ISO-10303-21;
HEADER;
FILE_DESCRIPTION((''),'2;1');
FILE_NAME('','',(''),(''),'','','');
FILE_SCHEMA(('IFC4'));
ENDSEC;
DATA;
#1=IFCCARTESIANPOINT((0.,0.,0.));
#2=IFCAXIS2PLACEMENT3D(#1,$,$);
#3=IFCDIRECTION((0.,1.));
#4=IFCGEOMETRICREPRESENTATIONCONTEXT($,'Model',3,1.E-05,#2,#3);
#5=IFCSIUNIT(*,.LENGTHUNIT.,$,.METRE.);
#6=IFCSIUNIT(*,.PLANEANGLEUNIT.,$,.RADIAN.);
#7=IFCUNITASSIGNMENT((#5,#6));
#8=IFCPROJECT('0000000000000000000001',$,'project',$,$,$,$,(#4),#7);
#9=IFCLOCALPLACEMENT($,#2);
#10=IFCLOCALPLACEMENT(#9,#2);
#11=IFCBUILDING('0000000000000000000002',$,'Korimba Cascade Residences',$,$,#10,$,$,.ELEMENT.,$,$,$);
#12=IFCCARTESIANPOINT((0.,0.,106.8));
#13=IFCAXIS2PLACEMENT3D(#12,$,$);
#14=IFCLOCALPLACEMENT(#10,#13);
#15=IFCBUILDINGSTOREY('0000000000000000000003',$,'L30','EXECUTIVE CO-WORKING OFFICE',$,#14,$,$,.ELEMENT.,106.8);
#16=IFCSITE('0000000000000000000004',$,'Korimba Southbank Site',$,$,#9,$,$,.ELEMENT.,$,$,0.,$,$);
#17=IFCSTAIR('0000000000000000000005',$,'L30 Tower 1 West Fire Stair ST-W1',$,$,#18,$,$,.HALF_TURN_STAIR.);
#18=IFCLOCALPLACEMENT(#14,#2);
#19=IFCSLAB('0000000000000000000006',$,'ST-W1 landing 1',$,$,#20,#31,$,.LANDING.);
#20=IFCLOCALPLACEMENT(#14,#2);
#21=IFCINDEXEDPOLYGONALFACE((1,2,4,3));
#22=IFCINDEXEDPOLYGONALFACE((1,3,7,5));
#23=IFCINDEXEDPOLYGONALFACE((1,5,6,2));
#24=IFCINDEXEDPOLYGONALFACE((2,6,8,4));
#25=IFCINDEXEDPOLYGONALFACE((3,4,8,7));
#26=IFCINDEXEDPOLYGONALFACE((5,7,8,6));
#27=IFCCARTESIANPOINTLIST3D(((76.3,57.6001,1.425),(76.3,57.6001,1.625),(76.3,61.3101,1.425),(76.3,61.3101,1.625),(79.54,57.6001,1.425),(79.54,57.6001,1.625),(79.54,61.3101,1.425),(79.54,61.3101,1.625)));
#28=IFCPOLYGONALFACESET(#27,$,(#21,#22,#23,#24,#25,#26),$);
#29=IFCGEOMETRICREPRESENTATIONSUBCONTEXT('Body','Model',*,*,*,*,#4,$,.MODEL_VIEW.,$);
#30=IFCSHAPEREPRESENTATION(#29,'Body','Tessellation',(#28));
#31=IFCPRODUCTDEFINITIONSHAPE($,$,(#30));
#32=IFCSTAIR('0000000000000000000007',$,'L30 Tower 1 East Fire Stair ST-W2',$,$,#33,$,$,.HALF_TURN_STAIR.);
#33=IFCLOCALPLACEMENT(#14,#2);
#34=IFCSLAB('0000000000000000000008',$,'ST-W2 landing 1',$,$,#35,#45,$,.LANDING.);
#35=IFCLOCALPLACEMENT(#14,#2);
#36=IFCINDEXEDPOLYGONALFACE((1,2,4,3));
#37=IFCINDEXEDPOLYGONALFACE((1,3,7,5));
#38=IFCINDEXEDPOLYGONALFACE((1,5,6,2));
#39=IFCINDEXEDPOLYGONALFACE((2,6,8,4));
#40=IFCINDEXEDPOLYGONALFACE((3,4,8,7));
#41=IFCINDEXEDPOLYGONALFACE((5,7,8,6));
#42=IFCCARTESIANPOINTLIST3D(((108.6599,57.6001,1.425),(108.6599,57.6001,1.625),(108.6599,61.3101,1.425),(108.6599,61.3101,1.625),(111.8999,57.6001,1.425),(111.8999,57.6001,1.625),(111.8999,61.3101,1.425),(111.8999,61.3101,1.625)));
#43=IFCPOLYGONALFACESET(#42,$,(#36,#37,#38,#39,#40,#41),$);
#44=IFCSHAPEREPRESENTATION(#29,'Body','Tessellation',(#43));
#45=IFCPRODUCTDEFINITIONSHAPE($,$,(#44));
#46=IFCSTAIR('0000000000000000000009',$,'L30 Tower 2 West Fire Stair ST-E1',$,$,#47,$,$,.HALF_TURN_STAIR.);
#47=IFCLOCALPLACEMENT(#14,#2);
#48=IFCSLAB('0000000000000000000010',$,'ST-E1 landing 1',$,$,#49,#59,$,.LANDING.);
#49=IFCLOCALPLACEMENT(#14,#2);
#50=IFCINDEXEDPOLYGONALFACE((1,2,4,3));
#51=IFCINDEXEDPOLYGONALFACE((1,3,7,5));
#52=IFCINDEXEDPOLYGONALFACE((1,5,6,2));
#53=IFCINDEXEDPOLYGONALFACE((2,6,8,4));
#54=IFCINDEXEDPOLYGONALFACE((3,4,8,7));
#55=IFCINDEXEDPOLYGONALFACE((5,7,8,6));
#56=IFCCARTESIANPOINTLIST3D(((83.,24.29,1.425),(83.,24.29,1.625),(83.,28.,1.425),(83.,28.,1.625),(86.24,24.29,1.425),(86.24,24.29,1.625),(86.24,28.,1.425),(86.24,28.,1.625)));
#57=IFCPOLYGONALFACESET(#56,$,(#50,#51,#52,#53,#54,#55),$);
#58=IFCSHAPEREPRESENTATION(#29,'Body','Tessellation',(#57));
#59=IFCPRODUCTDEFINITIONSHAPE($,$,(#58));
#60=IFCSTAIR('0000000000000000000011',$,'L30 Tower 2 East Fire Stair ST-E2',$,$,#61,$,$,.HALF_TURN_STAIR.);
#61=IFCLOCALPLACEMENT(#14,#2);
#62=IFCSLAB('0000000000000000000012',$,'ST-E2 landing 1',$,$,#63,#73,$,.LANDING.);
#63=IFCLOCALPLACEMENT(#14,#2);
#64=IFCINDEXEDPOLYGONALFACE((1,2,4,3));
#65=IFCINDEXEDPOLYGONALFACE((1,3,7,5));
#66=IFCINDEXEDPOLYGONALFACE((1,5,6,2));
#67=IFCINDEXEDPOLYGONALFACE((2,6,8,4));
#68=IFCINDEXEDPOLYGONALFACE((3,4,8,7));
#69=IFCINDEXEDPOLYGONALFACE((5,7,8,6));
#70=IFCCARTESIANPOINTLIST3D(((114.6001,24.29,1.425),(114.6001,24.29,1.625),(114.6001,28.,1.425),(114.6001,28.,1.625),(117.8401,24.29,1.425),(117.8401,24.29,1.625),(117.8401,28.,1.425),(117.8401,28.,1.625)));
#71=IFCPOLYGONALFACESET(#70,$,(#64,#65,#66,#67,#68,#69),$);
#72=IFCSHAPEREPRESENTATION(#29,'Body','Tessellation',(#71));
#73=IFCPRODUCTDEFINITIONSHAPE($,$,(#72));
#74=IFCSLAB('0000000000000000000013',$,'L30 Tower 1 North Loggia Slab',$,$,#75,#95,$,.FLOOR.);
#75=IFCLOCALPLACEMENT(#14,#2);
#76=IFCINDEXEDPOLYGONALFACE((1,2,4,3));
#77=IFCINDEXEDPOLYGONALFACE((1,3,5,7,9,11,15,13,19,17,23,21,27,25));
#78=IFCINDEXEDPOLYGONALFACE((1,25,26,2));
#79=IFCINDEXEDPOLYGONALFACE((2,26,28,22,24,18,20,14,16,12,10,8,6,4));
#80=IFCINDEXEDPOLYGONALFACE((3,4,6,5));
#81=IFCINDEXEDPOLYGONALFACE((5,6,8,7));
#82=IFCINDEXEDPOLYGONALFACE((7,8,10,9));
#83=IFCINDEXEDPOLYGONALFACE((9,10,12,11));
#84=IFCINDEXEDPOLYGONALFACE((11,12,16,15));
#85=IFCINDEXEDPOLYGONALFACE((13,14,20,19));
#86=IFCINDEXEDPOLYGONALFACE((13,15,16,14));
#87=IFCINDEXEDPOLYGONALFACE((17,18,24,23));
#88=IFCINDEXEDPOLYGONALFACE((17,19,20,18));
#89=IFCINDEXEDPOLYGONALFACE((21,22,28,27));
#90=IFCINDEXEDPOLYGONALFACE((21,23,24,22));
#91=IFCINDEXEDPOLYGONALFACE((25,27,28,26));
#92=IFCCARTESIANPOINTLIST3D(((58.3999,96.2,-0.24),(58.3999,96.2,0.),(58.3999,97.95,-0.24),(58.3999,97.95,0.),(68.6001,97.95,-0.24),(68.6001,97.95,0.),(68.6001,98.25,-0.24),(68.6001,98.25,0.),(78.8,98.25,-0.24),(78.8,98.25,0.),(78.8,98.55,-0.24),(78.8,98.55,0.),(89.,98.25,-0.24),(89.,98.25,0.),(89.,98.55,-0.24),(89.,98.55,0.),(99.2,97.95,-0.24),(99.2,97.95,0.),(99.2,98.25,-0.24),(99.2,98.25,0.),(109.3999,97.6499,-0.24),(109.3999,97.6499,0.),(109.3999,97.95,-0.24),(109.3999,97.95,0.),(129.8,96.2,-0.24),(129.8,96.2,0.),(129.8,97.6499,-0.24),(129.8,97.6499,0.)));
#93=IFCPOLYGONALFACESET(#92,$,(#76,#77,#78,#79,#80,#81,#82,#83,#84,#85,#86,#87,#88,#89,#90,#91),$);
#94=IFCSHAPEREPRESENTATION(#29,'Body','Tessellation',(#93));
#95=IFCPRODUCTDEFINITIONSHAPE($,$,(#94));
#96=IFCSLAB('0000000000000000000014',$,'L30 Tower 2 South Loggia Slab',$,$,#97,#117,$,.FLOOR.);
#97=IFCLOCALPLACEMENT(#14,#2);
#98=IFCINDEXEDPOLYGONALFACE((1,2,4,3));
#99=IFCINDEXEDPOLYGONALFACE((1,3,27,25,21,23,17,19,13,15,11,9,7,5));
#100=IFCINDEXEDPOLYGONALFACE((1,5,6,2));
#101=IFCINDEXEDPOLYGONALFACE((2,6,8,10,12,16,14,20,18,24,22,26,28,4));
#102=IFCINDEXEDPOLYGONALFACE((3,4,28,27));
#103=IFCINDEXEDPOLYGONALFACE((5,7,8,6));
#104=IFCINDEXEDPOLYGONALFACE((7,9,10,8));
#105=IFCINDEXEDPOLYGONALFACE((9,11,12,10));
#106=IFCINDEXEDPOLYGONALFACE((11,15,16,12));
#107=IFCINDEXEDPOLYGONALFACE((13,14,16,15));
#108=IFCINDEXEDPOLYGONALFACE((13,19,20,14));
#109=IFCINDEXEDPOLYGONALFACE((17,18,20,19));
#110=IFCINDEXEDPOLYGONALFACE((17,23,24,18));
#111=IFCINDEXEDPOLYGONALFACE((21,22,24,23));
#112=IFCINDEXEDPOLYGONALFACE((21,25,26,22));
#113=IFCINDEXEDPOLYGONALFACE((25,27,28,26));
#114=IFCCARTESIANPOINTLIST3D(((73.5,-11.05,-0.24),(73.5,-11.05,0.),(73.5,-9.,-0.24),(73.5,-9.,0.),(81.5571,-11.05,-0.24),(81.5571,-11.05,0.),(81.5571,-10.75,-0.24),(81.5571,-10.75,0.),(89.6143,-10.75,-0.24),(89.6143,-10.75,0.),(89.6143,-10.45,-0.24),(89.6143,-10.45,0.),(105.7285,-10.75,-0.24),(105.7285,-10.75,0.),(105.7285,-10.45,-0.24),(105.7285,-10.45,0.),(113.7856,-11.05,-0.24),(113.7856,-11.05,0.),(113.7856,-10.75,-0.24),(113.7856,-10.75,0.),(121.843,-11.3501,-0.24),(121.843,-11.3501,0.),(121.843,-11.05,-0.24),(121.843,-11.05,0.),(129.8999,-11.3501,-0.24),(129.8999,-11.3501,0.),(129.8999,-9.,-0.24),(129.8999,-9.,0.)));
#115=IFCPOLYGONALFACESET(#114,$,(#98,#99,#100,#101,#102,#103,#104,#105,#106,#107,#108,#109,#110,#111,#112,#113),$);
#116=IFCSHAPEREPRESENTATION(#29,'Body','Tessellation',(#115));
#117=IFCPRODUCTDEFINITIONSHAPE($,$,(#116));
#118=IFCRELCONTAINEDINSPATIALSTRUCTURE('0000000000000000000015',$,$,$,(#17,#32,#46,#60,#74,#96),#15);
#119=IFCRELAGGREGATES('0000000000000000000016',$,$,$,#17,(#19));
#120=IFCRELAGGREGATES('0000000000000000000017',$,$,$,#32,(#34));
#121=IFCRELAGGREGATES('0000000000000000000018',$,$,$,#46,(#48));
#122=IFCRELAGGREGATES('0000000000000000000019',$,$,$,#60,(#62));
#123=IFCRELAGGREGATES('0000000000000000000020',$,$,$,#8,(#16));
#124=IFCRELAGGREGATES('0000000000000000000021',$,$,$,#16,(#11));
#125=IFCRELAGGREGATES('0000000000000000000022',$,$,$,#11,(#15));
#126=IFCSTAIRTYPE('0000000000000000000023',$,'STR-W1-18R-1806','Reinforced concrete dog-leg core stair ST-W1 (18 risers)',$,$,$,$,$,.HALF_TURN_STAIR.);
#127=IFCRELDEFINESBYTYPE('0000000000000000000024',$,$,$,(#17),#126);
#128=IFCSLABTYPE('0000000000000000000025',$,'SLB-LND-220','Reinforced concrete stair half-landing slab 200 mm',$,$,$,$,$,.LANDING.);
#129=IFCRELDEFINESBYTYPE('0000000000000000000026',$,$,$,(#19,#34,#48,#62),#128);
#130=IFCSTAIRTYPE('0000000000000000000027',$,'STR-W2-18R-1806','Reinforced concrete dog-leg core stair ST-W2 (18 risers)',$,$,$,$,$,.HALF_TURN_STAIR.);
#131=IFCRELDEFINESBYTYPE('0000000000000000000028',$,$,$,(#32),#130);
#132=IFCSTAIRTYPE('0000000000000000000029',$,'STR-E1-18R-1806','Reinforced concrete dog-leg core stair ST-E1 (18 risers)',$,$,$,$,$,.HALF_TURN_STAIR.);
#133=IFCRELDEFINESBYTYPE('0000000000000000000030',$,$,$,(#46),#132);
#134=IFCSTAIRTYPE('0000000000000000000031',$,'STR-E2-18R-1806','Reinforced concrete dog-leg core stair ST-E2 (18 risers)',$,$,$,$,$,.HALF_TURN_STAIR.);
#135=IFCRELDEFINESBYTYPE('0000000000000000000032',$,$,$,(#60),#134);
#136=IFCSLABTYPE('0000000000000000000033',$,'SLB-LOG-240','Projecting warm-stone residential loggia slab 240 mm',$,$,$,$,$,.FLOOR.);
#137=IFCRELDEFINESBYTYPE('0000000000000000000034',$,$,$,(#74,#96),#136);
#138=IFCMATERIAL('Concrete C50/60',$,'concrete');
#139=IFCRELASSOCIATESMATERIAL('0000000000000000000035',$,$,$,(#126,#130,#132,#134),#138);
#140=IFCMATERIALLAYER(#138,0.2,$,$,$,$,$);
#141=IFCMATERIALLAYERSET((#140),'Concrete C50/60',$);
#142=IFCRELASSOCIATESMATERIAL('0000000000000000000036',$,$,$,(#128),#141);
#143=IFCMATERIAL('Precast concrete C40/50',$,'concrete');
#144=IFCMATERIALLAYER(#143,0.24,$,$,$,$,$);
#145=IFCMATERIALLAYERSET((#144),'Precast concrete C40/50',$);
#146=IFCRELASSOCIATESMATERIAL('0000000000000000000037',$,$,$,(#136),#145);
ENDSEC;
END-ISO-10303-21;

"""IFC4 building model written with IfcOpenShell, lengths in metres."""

from ifc_helpers import new_model, si_unit, direction, frame, origin, place, context, subcontext, project, spatial, polyline, outline, extrude, material, layer, layer_set, type_object, element, aggregate, save


model = new_model("IFC4")

# Units and contexts
model_context = context("Model", 3, precision=1e-05, world=origin(), true_north=direction((0.0, 1.0)))
body_context = subcontext(model_context, "Body", "Model", "MODEL_VIEW")
ifc_project = project(units=[si_unit("LENGTHUNIT", "METRE"), si_unit("PLANEANGLEUNIT", "RADIAN")], contexts=[model_context])

# Site, building, storey
site_placement = place(None, origin())
site = spatial("IfcSite", under=ifc_project, at=site_placement, Name="Korimba Southbank Site", CompositionType="ELEMENT", RefElevation=0.0)
building_placement = place(site_placement, origin())
building = spatial("IfcBuilding", under=site, at=building_placement, Name="Korimba Cascade Residences", CompositionType="ELEMENT")
storey_placement = place(building_placement, frame((0.0, 0.0, 106.8)))
storey = spatial("IfcBuildingStorey", under=building, at=storey_placement, Name="L30", Description="EXECUTIVE CO-WORKING OFFICE", CompositionType="ELEMENT", Elevation=106.8)

# Stairs, slabs
ifc_material_1 = material(Name="Concrete C50/60", Category="concrete")
stair_type_1 = type_object("IfcStairType", Name="STR-W1-18R-1806", Description="Reinforced concrete dog-leg core stair ST-W1 (18 risers)", PredefinedType="HALF_TURN_STAIR", material=ifc_material_1)
stair_1_placement = place(storey_placement, origin())
stair_1 = element("IfcStair", 1, at=stair_1_placement, inside=storey, type_object=stair_type_1, Name="L30 Tower 1 West Fire Stair ST-W1", PredefinedType="HALF_TURN_STAIR")
ifc_layer_1 = layer(ifc_material_1, 0.2)
ifc_layer_set_1 = layer_set([ifc_layer_1], Name="Concrete C50/60")
slab_type_1 = type_object("IfcSlabType", Name="SLB-LND-220", Description="Reinforced concrete stair half-landing slab 200 mm", PredefinedType="LANDING", material=ifc_layer_set_1)
slab_1_placement = place(storey_placement, frame((0.0, 0.0, 1.425)))
slab_1 = element("IfcSlab", 2, at=slab_1_placement, type_object=slab_type_1, Name="ST-W1 landing 1", PredefinedType="LANDING", context=body_context, shape_type="SweptSolid", body=[
    extrude(outline(polyline([(76.3, 61.3101), (76.3, 57.6001), (79.54, 57.6001), (79.54, 61.3101), (76.3, 61.3101)])), origin(), (0.0, 0.0, 1.0), 0.2),
])
aggregate(stair_1, [slab_1])
stair_type_2 = type_object("IfcStairType", Name="STR-W2-18R-1806", Description="Reinforced concrete dog-leg core stair ST-W2 (18 risers)", PredefinedType="HALF_TURN_STAIR", material=ifc_material_1)
stair_2_placement = place(storey_placement, origin())
stair_2 = element("IfcStair", 3, at=stair_2_placement, inside=storey, type_object=stair_type_2, Name="L30 Tower 1 East Fire Stair ST-W2", PredefinedType="HALF_TURN_STAIR")
slab_2_placement = place(storey_placement, frame((0.0, 0.0, 1.425)))
slab_2 = element("IfcSlab", 4, at=slab_2_placement, type_object=slab_type_1, Name="ST-W2 landing 1", PredefinedType="LANDING", context=body_context, shape_type="SweptSolid", body=[
    extrude(outline(polyline([(108.6599, 61.3101), (108.6599, 57.6001), (111.8999, 57.6001), (111.8999, 61.3101), (108.6599, 61.3101)])), origin(), (0.0, 0.0, 1.0), 0.2),
])
aggregate(stair_2, [slab_2])
stair_type_3 = type_object("IfcStairType", Name="STR-E1-18R-1806", Description="Reinforced concrete dog-leg core stair ST-E1 (18 risers)", PredefinedType="HALF_TURN_STAIR", material=ifc_material_1)
stair_3_placement = place(storey_placement, origin())
stair_3 = element("IfcStair", 5, at=stair_3_placement, inside=storey, type_object=stair_type_3, Name="L30 Tower 2 West Fire Stair ST-E1", PredefinedType="HALF_TURN_STAIR")
slab_3_placement = place(storey_placement, frame((0.0, 0.0, 1.425)))
slab_3 = element("IfcSlab", 6, at=slab_3_placement, type_object=slab_type_1, Name="ST-E1 landing 1", PredefinedType="LANDING", context=body_context, shape_type="SweptSolid", body=[
    extrude(outline(polyline([(86.24, 24.29), (86.24, 28.0), (83.0, 28.0), (83.0, 24.29), (86.24, 24.29)])), origin(), (0.0, 0.0, 1.0), 0.2),
])
aggregate(stair_3, [slab_3])
stair_type_4 = type_object("IfcStairType", Name="STR-E2-18R-1806", Description="Reinforced concrete dog-leg core stair ST-E2 (18 risers)", PredefinedType="HALF_TURN_STAIR", material=ifc_material_1)
stair_4_placement = place(storey_placement, origin())
stair_4 = element("IfcStair", 7, at=stair_4_placement, inside=storey, type_object=stair_type_4, Name="L30 Tower 2 East Fire Stair ST-E2", PredefinedType="HALF_TURN_STAIR")
slab_4_placement = place(storey_placement, frame((0.0, 0.0, 1.425)))
slab_4 = element("IfcSlab", 8, at=slab_4_placement, type_object=slab_type_1, Name="ST-E2 landing 1", PredefinedType="LANDING", context=body_context, shape_type="SweptSolid", body=[
    extrude(outline(polyline([(117.8401, 24.29), (117.8401, 28.0), (114.6001, 28.0), (114.6001, 24.29), (117.8401, 24.29)])), origin(), (0.0, 0.0, 1.0), 0.2),
])
aggregate(stair_4, [slab_4])

# Slabs
ifc_material_2 = material(Name="Precast concrete C40/50", Category="concrete")
ifc_layer_2 = layer(ifc_material_2, 0.24)
ifc_layer_set_2 = layer_set([ifc_layer_2], Name="Precast concrete C40/50")
slab_type_2 = type_object("IfcSlabType", Name="SLB-LOG-240", Description="Projecting warm-stone residential loggia slab 240 mm", PredefinedType="FLOOR", material=ifc_layer_set_2)
slab_5_placement = place(storey_placement, frame((0.0, 0.0, -0.24)))
element("IfcSlab", 9, at=slab_5_placement, inside=storey, type_object=slab_type_2, Name="L30 Tower 1 North Loggia Slab", PredefinedType="FLOOR", context=body_context, shape_type="SweptSolid", body=[
    extrude(outline(polyline([(58.3999, 96.2), (129.8, 96.2), (129.8, 97.6499), (109.3999, 97.6499), (109.3999, 97.95), (99.2, 97.95), (99.2, 98.25), (89.0, 98.25), (89.0, 98.55), (78.8, 98.55), (78.8, 98.25), (68.6001, 98.25), (68.6001, 97.95), (58.3999, 97.95), (58.3999, 96.2)])), origin(), (0.0, 0.0, 1.0), 0.24),
])
slab_6_placement = place(storey_placement, frame((0.0, 0.0, -0.24)))
element("IfcSlab", 10, at=slab_6_placement, inside=storey, type_object=slab_type_2, Name="L30 Tower 2 South Loggia Slab", PredefinedType="FLOOR", context=body_context, shape_type="SweptSolid", body=[
    extrude(outline(polyline([(73.5, -11.05), (81.5571, -11.05), (81.5571, -10.75), (89.6143, -10.75), (89.6143, -10.45), (105.7285, -10.45), (105.7285, -10.75), (113.7856, -10.75), (113.7856, -11.05), (121.843, -11.05), (121.843, -11.3501), (129.8999, -11.3501), (129.8999, -9.0), (73.5, -9.0), (73.5, -11.05)])), origin(), (0.0, 0.0, 1.0), 0.24),
])

save(model, "model.ifc")
